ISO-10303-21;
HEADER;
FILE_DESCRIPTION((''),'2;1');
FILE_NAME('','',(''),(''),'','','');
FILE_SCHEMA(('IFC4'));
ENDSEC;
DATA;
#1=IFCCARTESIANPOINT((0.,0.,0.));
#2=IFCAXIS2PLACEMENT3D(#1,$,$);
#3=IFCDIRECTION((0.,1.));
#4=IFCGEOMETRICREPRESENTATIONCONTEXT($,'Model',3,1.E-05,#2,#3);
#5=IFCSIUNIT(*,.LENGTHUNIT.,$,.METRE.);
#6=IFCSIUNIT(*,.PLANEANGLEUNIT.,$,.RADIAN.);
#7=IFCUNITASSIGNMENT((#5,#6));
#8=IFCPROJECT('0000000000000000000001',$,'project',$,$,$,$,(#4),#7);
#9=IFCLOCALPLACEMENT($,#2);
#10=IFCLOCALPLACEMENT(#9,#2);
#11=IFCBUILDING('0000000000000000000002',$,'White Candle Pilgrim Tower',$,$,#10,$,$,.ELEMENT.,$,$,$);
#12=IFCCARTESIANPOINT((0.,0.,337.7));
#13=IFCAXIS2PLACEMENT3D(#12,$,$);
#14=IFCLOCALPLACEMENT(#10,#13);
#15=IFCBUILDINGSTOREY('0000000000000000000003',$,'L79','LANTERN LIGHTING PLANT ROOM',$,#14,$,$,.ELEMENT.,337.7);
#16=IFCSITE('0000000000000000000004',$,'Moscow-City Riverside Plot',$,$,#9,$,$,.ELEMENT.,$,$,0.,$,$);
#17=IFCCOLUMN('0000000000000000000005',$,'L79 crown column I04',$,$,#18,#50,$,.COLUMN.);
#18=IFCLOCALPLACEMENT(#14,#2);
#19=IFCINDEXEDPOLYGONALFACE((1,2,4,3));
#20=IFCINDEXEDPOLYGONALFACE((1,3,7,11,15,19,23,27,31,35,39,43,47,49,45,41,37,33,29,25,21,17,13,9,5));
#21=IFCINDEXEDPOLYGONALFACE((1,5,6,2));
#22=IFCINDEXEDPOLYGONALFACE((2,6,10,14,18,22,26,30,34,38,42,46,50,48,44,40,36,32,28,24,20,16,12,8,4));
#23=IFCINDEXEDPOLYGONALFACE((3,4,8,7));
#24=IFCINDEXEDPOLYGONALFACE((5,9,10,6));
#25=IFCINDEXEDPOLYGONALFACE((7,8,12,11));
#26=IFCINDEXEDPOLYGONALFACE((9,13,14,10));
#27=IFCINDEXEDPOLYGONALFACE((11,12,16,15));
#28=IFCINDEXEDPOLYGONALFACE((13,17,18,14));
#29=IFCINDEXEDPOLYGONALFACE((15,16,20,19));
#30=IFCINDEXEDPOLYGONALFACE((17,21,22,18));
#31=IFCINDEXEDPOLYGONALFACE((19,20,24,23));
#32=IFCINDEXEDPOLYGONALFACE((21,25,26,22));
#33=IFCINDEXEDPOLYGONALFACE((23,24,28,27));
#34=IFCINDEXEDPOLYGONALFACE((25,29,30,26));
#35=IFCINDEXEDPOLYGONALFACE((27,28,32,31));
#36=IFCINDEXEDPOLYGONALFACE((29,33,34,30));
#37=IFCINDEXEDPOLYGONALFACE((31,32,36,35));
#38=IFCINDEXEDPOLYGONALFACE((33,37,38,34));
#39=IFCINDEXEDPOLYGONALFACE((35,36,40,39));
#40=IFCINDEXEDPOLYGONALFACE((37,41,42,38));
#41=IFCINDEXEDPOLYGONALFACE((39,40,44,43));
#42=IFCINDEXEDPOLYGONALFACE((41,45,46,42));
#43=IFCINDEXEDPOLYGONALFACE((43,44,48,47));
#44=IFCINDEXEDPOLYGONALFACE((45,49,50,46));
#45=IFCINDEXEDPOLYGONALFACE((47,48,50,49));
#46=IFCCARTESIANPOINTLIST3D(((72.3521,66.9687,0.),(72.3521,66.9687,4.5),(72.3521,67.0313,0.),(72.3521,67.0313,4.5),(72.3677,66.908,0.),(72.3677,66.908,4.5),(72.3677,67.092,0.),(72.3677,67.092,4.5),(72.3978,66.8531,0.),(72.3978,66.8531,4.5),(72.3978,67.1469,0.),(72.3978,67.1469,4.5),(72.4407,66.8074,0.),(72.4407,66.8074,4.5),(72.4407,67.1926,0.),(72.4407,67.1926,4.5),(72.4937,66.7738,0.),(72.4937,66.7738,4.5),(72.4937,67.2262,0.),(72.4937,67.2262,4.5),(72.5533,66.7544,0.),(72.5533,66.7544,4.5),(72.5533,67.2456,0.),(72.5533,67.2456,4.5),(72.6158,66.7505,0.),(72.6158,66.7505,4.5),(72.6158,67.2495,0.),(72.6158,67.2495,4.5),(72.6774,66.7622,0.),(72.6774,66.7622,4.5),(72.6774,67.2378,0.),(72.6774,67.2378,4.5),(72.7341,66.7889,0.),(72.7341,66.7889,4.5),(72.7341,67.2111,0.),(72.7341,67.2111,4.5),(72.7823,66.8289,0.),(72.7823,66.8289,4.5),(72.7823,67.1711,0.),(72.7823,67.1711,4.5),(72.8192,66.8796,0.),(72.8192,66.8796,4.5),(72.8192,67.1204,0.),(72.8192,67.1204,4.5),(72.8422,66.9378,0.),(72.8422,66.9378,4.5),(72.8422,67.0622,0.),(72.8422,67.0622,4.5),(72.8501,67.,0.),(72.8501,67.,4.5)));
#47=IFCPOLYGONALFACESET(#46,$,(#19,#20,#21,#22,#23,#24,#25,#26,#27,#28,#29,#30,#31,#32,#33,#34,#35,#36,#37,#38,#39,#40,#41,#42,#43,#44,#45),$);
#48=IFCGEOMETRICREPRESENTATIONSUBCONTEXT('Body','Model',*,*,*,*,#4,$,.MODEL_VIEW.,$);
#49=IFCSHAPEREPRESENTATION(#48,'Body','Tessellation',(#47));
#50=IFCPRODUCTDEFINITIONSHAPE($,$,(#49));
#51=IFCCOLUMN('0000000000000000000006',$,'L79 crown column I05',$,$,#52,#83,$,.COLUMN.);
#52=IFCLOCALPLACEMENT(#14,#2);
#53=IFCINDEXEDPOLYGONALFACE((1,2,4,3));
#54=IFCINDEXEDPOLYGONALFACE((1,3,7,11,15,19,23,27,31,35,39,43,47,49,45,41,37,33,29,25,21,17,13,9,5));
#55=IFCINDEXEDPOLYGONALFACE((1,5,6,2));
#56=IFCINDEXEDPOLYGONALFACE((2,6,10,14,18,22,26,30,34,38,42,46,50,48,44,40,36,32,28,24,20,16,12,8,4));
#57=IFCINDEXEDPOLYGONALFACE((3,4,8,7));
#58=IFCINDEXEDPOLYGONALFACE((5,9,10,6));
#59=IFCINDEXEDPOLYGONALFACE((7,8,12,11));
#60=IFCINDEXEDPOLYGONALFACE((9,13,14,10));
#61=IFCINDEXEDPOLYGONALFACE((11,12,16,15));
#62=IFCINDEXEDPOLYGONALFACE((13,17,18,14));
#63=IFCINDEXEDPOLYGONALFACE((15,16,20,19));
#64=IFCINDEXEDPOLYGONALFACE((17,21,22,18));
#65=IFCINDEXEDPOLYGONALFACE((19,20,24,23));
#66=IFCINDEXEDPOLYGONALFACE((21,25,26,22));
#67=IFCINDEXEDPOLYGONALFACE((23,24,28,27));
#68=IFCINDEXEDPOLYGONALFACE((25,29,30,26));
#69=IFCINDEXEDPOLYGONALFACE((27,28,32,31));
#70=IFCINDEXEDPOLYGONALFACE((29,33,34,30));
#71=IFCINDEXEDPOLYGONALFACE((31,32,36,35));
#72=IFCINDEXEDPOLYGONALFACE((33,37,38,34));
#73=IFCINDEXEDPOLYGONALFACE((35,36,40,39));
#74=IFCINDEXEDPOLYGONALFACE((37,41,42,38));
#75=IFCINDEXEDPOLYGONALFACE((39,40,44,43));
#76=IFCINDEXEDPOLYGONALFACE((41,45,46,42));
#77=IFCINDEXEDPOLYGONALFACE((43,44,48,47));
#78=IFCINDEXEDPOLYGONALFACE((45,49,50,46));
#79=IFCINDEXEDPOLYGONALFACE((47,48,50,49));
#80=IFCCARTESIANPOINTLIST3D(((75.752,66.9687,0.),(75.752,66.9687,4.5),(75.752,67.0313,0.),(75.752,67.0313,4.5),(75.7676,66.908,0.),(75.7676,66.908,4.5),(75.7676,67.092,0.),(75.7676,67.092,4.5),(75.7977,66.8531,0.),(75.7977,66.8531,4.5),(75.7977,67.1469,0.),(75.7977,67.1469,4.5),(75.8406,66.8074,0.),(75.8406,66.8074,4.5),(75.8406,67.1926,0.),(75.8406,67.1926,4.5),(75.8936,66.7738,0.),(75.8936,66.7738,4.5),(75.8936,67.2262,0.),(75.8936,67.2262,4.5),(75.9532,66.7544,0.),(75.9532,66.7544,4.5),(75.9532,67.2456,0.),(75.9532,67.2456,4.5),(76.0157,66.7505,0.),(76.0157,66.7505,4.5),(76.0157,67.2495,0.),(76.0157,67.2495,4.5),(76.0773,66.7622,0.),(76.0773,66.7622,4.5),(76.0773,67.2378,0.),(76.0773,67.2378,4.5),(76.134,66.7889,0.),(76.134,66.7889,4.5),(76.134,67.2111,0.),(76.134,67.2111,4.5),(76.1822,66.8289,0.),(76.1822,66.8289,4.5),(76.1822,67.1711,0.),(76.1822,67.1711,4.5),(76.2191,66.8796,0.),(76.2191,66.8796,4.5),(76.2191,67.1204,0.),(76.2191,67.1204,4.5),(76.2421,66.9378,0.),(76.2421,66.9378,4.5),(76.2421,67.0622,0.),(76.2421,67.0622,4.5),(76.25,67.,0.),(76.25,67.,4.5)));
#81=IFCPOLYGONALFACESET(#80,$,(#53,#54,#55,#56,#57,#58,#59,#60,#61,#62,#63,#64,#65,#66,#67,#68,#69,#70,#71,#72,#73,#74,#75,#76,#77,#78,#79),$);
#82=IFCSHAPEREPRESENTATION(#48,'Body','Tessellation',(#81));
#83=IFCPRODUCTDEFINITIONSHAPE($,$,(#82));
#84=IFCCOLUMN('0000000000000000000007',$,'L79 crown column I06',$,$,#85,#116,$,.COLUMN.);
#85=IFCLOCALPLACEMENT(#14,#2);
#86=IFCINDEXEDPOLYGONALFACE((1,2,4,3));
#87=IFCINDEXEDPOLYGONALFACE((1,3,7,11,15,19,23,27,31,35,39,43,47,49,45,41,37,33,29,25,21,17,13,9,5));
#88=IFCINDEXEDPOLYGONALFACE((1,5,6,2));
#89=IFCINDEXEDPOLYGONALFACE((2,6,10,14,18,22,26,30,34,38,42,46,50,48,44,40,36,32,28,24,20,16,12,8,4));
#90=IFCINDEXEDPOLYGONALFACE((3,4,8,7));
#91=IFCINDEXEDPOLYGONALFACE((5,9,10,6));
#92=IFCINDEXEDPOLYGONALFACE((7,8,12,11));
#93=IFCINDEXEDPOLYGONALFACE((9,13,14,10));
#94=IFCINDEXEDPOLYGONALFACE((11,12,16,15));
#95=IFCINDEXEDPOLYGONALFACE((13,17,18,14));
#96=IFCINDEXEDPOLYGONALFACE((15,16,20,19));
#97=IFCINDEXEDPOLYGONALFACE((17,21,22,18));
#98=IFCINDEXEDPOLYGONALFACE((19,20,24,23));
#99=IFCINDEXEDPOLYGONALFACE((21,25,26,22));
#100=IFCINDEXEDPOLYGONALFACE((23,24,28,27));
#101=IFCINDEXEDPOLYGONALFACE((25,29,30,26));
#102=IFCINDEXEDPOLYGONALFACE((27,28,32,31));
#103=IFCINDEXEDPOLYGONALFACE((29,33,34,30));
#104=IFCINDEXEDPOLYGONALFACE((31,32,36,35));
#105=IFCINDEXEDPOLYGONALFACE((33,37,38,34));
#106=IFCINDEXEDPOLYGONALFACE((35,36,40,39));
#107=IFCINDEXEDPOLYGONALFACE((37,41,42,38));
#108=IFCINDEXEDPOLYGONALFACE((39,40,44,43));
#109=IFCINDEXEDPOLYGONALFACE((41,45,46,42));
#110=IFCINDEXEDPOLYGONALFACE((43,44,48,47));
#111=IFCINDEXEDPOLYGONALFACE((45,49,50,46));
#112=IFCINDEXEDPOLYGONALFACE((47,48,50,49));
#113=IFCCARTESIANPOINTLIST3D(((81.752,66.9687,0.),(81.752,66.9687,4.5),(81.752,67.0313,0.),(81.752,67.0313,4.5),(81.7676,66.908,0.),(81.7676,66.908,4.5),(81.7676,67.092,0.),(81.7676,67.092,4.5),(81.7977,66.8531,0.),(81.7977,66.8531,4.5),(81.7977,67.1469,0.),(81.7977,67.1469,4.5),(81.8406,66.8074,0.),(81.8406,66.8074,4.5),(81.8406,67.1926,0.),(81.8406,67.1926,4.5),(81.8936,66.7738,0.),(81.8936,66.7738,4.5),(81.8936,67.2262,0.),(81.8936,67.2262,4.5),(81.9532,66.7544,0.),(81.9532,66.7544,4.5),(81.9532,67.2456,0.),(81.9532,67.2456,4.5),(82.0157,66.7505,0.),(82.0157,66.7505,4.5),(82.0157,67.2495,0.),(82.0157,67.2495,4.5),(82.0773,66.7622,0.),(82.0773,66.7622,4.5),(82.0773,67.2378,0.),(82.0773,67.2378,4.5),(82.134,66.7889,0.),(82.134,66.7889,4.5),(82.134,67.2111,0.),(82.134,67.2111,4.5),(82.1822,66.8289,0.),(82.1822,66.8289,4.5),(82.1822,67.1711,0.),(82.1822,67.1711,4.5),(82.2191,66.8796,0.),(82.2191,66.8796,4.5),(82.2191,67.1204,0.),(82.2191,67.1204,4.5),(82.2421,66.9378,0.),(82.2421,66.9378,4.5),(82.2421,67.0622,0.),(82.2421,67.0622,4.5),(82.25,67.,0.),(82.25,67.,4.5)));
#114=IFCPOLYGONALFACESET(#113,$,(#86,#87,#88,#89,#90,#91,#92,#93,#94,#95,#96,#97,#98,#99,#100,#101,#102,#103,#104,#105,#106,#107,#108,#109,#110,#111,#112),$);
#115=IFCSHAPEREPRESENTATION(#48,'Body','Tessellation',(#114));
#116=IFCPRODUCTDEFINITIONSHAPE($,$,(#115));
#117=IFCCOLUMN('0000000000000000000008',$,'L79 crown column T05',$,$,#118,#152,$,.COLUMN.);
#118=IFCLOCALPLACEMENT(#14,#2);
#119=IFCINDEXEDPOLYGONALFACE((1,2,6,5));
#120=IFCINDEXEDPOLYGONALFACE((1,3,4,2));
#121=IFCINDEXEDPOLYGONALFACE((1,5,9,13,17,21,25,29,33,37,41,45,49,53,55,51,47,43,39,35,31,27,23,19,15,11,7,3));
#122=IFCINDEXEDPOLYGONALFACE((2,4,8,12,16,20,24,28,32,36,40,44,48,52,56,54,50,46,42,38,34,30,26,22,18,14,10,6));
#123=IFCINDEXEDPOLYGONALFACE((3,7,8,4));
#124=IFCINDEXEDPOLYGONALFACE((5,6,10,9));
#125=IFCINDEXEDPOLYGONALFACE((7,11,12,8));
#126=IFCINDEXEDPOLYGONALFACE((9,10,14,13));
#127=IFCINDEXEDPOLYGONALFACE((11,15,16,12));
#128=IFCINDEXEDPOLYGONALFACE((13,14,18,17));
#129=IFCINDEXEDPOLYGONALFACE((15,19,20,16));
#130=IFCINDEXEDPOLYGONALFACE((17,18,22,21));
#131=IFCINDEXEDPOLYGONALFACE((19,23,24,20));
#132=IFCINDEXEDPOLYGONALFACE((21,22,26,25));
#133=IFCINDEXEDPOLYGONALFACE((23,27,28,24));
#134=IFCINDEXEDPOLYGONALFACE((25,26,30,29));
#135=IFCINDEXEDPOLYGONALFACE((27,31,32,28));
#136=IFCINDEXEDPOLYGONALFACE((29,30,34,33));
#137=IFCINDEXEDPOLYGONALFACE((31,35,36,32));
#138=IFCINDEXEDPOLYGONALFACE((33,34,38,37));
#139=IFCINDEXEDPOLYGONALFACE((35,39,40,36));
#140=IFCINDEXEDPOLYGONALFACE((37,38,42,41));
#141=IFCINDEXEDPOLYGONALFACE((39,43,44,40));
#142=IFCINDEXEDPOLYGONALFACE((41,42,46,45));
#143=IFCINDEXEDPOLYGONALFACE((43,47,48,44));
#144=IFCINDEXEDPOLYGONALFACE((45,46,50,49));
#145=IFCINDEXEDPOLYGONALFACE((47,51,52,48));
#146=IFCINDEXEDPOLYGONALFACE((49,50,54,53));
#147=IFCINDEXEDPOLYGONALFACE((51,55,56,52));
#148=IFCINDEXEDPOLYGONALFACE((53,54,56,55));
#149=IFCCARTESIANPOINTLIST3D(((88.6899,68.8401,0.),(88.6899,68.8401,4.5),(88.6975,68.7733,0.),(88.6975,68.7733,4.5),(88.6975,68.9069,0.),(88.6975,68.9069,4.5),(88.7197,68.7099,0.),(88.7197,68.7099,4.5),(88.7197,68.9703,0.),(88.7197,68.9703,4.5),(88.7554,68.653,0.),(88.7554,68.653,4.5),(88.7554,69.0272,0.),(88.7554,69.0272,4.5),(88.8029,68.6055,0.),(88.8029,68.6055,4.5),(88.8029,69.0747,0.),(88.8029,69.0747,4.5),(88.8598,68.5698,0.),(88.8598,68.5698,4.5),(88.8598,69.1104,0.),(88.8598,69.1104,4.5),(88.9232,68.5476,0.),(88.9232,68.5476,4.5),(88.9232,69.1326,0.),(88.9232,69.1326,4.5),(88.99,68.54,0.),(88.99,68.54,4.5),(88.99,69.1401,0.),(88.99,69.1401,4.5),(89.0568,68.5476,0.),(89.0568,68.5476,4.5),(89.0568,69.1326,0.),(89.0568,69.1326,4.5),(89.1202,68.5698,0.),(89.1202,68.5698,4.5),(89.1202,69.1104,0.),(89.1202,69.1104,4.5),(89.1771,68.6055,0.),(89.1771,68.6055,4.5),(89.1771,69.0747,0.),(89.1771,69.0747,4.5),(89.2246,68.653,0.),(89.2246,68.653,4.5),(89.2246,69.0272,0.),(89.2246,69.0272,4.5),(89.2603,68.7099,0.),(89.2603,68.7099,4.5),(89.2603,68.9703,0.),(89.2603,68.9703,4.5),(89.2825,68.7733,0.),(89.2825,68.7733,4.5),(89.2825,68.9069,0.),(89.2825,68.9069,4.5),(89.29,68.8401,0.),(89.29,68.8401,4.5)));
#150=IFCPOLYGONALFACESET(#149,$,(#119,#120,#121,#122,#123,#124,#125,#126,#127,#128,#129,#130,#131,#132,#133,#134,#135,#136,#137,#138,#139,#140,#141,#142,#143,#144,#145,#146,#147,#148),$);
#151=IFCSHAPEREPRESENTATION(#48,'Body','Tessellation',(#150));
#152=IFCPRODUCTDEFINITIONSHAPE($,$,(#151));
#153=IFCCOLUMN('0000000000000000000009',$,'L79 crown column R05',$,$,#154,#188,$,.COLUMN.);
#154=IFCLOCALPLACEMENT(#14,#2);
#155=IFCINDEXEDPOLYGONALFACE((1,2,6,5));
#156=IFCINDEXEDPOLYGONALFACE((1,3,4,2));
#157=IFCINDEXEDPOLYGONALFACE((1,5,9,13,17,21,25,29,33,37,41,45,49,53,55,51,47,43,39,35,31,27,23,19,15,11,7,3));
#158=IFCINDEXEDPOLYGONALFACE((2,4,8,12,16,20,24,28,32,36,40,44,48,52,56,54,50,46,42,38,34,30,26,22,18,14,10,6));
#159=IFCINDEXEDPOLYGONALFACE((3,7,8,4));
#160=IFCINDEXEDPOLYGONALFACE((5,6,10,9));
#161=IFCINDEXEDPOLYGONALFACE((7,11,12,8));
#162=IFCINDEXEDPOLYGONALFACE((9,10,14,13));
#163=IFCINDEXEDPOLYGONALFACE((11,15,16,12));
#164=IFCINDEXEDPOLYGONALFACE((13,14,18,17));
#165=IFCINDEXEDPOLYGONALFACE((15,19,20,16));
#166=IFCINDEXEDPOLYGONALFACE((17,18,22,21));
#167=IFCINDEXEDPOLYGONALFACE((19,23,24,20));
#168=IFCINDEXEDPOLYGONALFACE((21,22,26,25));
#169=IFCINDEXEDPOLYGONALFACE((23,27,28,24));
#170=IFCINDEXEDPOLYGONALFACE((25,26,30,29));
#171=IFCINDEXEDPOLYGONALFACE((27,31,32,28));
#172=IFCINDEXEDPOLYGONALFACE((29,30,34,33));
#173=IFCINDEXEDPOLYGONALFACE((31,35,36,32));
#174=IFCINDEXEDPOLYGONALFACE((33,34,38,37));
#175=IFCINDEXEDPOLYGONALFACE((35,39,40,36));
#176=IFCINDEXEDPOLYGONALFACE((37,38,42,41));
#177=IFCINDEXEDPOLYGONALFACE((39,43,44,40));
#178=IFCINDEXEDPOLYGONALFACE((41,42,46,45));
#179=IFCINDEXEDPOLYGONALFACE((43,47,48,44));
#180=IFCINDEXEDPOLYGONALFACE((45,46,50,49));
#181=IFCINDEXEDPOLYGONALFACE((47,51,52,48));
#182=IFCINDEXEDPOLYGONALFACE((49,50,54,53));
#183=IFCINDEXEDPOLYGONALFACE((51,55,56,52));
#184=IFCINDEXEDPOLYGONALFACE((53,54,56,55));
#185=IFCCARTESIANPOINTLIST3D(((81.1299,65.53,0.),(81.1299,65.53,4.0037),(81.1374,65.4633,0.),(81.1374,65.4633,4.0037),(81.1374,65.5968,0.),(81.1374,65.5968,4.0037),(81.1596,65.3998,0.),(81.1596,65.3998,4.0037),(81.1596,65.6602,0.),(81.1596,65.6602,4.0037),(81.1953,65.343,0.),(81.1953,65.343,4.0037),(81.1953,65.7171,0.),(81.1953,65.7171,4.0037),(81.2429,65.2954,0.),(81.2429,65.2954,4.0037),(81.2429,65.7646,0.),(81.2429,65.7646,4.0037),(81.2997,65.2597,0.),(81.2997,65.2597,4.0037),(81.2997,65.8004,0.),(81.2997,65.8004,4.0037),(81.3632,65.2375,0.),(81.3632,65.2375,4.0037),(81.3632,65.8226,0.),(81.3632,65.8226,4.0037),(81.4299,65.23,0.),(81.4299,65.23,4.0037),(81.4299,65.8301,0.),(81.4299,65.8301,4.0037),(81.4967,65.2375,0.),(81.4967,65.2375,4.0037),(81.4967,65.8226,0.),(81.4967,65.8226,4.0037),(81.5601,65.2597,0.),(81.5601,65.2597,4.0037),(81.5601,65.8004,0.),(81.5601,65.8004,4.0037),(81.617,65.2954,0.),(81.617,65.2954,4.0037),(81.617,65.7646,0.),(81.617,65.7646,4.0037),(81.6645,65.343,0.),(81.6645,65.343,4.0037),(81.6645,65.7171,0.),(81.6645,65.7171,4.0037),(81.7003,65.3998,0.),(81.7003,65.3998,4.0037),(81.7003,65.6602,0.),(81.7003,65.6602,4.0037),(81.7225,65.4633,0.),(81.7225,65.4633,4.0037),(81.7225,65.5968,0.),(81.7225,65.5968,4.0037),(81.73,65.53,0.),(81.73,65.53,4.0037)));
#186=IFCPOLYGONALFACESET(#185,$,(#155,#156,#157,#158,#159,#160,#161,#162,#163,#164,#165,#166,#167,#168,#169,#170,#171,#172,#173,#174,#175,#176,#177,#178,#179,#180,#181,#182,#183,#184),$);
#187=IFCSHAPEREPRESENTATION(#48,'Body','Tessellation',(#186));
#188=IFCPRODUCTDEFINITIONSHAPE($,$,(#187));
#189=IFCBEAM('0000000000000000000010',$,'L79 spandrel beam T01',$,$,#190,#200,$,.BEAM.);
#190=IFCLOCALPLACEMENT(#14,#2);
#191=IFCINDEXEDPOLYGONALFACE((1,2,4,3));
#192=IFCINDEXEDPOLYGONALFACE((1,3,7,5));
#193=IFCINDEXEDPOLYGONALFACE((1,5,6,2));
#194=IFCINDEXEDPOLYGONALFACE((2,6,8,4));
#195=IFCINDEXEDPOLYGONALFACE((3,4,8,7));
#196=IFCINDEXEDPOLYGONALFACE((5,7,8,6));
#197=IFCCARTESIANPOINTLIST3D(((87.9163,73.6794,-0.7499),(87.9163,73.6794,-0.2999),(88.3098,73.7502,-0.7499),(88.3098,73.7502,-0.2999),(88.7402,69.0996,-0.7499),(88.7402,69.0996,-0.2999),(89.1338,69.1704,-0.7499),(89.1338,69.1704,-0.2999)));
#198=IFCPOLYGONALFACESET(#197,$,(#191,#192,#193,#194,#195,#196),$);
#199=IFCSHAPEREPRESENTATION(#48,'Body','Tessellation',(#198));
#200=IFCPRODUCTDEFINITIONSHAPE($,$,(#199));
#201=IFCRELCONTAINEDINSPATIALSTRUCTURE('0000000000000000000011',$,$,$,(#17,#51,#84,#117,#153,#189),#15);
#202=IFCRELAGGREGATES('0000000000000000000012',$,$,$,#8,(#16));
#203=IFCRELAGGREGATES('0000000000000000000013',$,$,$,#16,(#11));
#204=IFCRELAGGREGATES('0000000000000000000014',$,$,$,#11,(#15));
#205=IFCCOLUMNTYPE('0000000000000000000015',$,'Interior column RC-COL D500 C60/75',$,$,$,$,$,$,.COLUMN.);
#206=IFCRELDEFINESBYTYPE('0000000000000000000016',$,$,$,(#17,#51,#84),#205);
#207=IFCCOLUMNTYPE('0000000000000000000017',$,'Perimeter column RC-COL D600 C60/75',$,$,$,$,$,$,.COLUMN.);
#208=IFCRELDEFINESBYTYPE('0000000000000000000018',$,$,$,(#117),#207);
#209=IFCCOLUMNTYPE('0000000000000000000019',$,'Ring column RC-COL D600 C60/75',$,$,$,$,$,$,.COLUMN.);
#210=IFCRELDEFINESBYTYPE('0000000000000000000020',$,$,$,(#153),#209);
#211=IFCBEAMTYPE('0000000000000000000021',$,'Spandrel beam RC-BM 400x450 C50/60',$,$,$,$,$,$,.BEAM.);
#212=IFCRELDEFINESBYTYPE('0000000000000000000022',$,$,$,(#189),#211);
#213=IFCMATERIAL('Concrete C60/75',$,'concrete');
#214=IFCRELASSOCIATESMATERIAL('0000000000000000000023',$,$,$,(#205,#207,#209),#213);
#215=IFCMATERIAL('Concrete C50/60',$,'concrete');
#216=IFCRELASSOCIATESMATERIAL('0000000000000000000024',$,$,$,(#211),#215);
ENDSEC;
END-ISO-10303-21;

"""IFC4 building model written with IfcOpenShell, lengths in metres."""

from ifc_helpers import new_model, si_unit, direction, frame, origin, origin_2d, place, context, subcontext, project, spatial, rectangle, circle, extrude, material, material_profile, profile_set, type_object, element, save


model = new_model("IFC4")

# Units and contexts
model_context = context("Model", 3, precision=1e-05, world=origin(), true_north=direction((0.0, 1.0)))
body_context = subcontext(model_context, "Body", "Model", "MODEL_VIEW")
ifc_project = project(units=[si_unit("LENGTHUNIT", "METRE"), si_unit("PLANEANGLEUNIT", "RADIAN")], contexts=[model_context])

# Site, building, storey
site_placement = place(None, origin())
site = spatial("IfcSite", under=ifc_project, at=site_placement, Name="Moscow-City Riverside Plot", CompositionType="ELEMENT", RefElevation=0.0)
building_placement = place(site_placement, origin())
building = spatial("IfcBuilding", under=site, at=building_placement, Name="White Candle Pilgrim Tower", CompositionType="ELEMENT")
storey_placement = place(building_placement, frame((0.0, 0.0, 337.7)))
storey = spatial("IfcBuildingStorey", under=building, at=storey_placement, Name="L79", Description="LANTERN LIGHTING PLANT ROOM", CompositionType="ELEMENT", Elevation=337.7)

# Columns
ifc_material_1 = material(Name="Concrete C60/75", Category="concrete")
ifc_material_profile_1 = material_profile(ifc_material_1, circle(Radius=0.25, at=origin_2d()), Name="RC-COL D500")
ifc_profile_set_1 = profile_set([ifc_material_profile_1], Name="Concrete C60/75")
column_type_1 = type_object("IfcColumnType", Name="Interior column RC-COL D500 C60/75", PredefinedType="COLUMN", material=ifc_profile_set_1)
for number, where, z_axis, x_axis, name in (
    (1, (72.6001, 67.0, 0.0), (0.0, 0.0, 1.0), (1.0, 0.0, 0.0), "L79 crown column I04"),
    (2, (76.0, 67.0, 0.0), (0.0, 0.0, 1.0), (1.0, 0.0, 0.0), "L79 crown column I05"),
    (3, (82.0, 67.0, 0.0), (0.0, 0.0, 1.0), (1.0, 0.0, 0.0), "L79 crown column I06"),
):
    element("IfcColumn", number, at=place(storey_placement, frame(where, z_axis=z_axis, x_axis=x_axis)), inside=storey, type_object=column_type_1, Name=name, PredefinedType="COLUMN", context=body_context, shape_type="SweptSolid", body=[
        extrude(circle(Radius=0.25, at=origin_2d()), origin(), (0.0, 0.0, 1.0), 4.5),
    ])
ifc_material_profile_2 = material_profile(ifc_material_1, circle(Radius=0.3, at=origin_2d()), Name="RC-COL D600")
ifc_profile_set_2 = profile_set([ifc_material_profile_2], Name="Concrete C60/75")
column_type_2 = type_object("IfcColumnType", Name="Perimeter column RC-COL D600 C60/75", PredefinedType="COLUMN", material=ifc_profile_set_2)
column_1_placement = place(storey_placement, frame((88.99, 68.8401, 0.0), z_axis=(0.0, 0.0, 1.0), x_axis=(1.0, 0.0, 0.0)))
element("IfcColumn", 4, at=column_1_placement, inside=storey, type_object=column_type_2, Name="L79 crown column T05", PredefinedType="COLUMN", context=body_context, shape_type="SweptSolid", body=[
    extrude(circle(Radius=0.3, at=origin_2d()), origin(), (0.0, 0.0, 1.0), 4.5),
])
ifc_material_profile_3 = material_profile(ifc_material_1, circle(Radius=0.3, at=origin_2d()), Name="RC-COL D600")
ifc_profile_set_3 = profile_set([ifc_material_profile_3], Name="Concrete C60/75")
column_type_3 = type_object("IfcColumnType", Name="Ring column RC-COL D600 C60/75", PredefinedType="COLUMN", material=ifc_profile_set_3)
column_2_placement = place(storey_placement, frame((81.4299, 65.53, 0.0), z_axis=(0.0, 0.0, 1.0), x_axis=(1.0, 0.0, 0.0)))
element("IfcColumn", 5, at=column_2_placement, inside=storey, type_object=column_type_3, Name="L79 crown column R05", PredefinedType="COLUMN", context=body_context, shape_type="SweptSolid", body=[
    extrude(circle(Radius=0.3, at=origin_2d()), origin(), (0.0, 0.0, 1.0), 4.0037),
])

# Beam
ifc_material_2 = material(Name="Concrete C50/60", Category="concrete")
ifc_material_profile_4 = material_profile(ifc_material_2, rectangle(XDim=0.3999, YDim=0.45, at=origin_2d()), Name="RC-BM 400x450")
ifc_profile_set_4 = profile_set([ifc_material_profile_4], Name="Concrete C50/60")
beam_type = type_object("IfcBeamType", Name="Spandrel beam RC-BM 400x450 C50/60", PredefinedType="BEAM", material=ifc_profile_set_4)
beam_1_placement = place(storey_placement, frame((88.937, 69.135, -0.5249), z_axis=(-0.177071, 0.984198, 0.0), x_axis=(-0.984198, -0.177071, 0.0)))
element("IfcBeam", 6, at=beam_1_placement, inside=storey, type_object=beam_type, Name="L79 spandrel beam T01", PredefinedType="BEAM", context=body_context, shape_type="SweptSolid", body=[
    extrude(rectangle(XDim=0.3999, YDim=0.45, at=origin_2d()), origin(), (0.0, 0.0, 1.0), 4.6533),
])

save(model, "model.ifc")
